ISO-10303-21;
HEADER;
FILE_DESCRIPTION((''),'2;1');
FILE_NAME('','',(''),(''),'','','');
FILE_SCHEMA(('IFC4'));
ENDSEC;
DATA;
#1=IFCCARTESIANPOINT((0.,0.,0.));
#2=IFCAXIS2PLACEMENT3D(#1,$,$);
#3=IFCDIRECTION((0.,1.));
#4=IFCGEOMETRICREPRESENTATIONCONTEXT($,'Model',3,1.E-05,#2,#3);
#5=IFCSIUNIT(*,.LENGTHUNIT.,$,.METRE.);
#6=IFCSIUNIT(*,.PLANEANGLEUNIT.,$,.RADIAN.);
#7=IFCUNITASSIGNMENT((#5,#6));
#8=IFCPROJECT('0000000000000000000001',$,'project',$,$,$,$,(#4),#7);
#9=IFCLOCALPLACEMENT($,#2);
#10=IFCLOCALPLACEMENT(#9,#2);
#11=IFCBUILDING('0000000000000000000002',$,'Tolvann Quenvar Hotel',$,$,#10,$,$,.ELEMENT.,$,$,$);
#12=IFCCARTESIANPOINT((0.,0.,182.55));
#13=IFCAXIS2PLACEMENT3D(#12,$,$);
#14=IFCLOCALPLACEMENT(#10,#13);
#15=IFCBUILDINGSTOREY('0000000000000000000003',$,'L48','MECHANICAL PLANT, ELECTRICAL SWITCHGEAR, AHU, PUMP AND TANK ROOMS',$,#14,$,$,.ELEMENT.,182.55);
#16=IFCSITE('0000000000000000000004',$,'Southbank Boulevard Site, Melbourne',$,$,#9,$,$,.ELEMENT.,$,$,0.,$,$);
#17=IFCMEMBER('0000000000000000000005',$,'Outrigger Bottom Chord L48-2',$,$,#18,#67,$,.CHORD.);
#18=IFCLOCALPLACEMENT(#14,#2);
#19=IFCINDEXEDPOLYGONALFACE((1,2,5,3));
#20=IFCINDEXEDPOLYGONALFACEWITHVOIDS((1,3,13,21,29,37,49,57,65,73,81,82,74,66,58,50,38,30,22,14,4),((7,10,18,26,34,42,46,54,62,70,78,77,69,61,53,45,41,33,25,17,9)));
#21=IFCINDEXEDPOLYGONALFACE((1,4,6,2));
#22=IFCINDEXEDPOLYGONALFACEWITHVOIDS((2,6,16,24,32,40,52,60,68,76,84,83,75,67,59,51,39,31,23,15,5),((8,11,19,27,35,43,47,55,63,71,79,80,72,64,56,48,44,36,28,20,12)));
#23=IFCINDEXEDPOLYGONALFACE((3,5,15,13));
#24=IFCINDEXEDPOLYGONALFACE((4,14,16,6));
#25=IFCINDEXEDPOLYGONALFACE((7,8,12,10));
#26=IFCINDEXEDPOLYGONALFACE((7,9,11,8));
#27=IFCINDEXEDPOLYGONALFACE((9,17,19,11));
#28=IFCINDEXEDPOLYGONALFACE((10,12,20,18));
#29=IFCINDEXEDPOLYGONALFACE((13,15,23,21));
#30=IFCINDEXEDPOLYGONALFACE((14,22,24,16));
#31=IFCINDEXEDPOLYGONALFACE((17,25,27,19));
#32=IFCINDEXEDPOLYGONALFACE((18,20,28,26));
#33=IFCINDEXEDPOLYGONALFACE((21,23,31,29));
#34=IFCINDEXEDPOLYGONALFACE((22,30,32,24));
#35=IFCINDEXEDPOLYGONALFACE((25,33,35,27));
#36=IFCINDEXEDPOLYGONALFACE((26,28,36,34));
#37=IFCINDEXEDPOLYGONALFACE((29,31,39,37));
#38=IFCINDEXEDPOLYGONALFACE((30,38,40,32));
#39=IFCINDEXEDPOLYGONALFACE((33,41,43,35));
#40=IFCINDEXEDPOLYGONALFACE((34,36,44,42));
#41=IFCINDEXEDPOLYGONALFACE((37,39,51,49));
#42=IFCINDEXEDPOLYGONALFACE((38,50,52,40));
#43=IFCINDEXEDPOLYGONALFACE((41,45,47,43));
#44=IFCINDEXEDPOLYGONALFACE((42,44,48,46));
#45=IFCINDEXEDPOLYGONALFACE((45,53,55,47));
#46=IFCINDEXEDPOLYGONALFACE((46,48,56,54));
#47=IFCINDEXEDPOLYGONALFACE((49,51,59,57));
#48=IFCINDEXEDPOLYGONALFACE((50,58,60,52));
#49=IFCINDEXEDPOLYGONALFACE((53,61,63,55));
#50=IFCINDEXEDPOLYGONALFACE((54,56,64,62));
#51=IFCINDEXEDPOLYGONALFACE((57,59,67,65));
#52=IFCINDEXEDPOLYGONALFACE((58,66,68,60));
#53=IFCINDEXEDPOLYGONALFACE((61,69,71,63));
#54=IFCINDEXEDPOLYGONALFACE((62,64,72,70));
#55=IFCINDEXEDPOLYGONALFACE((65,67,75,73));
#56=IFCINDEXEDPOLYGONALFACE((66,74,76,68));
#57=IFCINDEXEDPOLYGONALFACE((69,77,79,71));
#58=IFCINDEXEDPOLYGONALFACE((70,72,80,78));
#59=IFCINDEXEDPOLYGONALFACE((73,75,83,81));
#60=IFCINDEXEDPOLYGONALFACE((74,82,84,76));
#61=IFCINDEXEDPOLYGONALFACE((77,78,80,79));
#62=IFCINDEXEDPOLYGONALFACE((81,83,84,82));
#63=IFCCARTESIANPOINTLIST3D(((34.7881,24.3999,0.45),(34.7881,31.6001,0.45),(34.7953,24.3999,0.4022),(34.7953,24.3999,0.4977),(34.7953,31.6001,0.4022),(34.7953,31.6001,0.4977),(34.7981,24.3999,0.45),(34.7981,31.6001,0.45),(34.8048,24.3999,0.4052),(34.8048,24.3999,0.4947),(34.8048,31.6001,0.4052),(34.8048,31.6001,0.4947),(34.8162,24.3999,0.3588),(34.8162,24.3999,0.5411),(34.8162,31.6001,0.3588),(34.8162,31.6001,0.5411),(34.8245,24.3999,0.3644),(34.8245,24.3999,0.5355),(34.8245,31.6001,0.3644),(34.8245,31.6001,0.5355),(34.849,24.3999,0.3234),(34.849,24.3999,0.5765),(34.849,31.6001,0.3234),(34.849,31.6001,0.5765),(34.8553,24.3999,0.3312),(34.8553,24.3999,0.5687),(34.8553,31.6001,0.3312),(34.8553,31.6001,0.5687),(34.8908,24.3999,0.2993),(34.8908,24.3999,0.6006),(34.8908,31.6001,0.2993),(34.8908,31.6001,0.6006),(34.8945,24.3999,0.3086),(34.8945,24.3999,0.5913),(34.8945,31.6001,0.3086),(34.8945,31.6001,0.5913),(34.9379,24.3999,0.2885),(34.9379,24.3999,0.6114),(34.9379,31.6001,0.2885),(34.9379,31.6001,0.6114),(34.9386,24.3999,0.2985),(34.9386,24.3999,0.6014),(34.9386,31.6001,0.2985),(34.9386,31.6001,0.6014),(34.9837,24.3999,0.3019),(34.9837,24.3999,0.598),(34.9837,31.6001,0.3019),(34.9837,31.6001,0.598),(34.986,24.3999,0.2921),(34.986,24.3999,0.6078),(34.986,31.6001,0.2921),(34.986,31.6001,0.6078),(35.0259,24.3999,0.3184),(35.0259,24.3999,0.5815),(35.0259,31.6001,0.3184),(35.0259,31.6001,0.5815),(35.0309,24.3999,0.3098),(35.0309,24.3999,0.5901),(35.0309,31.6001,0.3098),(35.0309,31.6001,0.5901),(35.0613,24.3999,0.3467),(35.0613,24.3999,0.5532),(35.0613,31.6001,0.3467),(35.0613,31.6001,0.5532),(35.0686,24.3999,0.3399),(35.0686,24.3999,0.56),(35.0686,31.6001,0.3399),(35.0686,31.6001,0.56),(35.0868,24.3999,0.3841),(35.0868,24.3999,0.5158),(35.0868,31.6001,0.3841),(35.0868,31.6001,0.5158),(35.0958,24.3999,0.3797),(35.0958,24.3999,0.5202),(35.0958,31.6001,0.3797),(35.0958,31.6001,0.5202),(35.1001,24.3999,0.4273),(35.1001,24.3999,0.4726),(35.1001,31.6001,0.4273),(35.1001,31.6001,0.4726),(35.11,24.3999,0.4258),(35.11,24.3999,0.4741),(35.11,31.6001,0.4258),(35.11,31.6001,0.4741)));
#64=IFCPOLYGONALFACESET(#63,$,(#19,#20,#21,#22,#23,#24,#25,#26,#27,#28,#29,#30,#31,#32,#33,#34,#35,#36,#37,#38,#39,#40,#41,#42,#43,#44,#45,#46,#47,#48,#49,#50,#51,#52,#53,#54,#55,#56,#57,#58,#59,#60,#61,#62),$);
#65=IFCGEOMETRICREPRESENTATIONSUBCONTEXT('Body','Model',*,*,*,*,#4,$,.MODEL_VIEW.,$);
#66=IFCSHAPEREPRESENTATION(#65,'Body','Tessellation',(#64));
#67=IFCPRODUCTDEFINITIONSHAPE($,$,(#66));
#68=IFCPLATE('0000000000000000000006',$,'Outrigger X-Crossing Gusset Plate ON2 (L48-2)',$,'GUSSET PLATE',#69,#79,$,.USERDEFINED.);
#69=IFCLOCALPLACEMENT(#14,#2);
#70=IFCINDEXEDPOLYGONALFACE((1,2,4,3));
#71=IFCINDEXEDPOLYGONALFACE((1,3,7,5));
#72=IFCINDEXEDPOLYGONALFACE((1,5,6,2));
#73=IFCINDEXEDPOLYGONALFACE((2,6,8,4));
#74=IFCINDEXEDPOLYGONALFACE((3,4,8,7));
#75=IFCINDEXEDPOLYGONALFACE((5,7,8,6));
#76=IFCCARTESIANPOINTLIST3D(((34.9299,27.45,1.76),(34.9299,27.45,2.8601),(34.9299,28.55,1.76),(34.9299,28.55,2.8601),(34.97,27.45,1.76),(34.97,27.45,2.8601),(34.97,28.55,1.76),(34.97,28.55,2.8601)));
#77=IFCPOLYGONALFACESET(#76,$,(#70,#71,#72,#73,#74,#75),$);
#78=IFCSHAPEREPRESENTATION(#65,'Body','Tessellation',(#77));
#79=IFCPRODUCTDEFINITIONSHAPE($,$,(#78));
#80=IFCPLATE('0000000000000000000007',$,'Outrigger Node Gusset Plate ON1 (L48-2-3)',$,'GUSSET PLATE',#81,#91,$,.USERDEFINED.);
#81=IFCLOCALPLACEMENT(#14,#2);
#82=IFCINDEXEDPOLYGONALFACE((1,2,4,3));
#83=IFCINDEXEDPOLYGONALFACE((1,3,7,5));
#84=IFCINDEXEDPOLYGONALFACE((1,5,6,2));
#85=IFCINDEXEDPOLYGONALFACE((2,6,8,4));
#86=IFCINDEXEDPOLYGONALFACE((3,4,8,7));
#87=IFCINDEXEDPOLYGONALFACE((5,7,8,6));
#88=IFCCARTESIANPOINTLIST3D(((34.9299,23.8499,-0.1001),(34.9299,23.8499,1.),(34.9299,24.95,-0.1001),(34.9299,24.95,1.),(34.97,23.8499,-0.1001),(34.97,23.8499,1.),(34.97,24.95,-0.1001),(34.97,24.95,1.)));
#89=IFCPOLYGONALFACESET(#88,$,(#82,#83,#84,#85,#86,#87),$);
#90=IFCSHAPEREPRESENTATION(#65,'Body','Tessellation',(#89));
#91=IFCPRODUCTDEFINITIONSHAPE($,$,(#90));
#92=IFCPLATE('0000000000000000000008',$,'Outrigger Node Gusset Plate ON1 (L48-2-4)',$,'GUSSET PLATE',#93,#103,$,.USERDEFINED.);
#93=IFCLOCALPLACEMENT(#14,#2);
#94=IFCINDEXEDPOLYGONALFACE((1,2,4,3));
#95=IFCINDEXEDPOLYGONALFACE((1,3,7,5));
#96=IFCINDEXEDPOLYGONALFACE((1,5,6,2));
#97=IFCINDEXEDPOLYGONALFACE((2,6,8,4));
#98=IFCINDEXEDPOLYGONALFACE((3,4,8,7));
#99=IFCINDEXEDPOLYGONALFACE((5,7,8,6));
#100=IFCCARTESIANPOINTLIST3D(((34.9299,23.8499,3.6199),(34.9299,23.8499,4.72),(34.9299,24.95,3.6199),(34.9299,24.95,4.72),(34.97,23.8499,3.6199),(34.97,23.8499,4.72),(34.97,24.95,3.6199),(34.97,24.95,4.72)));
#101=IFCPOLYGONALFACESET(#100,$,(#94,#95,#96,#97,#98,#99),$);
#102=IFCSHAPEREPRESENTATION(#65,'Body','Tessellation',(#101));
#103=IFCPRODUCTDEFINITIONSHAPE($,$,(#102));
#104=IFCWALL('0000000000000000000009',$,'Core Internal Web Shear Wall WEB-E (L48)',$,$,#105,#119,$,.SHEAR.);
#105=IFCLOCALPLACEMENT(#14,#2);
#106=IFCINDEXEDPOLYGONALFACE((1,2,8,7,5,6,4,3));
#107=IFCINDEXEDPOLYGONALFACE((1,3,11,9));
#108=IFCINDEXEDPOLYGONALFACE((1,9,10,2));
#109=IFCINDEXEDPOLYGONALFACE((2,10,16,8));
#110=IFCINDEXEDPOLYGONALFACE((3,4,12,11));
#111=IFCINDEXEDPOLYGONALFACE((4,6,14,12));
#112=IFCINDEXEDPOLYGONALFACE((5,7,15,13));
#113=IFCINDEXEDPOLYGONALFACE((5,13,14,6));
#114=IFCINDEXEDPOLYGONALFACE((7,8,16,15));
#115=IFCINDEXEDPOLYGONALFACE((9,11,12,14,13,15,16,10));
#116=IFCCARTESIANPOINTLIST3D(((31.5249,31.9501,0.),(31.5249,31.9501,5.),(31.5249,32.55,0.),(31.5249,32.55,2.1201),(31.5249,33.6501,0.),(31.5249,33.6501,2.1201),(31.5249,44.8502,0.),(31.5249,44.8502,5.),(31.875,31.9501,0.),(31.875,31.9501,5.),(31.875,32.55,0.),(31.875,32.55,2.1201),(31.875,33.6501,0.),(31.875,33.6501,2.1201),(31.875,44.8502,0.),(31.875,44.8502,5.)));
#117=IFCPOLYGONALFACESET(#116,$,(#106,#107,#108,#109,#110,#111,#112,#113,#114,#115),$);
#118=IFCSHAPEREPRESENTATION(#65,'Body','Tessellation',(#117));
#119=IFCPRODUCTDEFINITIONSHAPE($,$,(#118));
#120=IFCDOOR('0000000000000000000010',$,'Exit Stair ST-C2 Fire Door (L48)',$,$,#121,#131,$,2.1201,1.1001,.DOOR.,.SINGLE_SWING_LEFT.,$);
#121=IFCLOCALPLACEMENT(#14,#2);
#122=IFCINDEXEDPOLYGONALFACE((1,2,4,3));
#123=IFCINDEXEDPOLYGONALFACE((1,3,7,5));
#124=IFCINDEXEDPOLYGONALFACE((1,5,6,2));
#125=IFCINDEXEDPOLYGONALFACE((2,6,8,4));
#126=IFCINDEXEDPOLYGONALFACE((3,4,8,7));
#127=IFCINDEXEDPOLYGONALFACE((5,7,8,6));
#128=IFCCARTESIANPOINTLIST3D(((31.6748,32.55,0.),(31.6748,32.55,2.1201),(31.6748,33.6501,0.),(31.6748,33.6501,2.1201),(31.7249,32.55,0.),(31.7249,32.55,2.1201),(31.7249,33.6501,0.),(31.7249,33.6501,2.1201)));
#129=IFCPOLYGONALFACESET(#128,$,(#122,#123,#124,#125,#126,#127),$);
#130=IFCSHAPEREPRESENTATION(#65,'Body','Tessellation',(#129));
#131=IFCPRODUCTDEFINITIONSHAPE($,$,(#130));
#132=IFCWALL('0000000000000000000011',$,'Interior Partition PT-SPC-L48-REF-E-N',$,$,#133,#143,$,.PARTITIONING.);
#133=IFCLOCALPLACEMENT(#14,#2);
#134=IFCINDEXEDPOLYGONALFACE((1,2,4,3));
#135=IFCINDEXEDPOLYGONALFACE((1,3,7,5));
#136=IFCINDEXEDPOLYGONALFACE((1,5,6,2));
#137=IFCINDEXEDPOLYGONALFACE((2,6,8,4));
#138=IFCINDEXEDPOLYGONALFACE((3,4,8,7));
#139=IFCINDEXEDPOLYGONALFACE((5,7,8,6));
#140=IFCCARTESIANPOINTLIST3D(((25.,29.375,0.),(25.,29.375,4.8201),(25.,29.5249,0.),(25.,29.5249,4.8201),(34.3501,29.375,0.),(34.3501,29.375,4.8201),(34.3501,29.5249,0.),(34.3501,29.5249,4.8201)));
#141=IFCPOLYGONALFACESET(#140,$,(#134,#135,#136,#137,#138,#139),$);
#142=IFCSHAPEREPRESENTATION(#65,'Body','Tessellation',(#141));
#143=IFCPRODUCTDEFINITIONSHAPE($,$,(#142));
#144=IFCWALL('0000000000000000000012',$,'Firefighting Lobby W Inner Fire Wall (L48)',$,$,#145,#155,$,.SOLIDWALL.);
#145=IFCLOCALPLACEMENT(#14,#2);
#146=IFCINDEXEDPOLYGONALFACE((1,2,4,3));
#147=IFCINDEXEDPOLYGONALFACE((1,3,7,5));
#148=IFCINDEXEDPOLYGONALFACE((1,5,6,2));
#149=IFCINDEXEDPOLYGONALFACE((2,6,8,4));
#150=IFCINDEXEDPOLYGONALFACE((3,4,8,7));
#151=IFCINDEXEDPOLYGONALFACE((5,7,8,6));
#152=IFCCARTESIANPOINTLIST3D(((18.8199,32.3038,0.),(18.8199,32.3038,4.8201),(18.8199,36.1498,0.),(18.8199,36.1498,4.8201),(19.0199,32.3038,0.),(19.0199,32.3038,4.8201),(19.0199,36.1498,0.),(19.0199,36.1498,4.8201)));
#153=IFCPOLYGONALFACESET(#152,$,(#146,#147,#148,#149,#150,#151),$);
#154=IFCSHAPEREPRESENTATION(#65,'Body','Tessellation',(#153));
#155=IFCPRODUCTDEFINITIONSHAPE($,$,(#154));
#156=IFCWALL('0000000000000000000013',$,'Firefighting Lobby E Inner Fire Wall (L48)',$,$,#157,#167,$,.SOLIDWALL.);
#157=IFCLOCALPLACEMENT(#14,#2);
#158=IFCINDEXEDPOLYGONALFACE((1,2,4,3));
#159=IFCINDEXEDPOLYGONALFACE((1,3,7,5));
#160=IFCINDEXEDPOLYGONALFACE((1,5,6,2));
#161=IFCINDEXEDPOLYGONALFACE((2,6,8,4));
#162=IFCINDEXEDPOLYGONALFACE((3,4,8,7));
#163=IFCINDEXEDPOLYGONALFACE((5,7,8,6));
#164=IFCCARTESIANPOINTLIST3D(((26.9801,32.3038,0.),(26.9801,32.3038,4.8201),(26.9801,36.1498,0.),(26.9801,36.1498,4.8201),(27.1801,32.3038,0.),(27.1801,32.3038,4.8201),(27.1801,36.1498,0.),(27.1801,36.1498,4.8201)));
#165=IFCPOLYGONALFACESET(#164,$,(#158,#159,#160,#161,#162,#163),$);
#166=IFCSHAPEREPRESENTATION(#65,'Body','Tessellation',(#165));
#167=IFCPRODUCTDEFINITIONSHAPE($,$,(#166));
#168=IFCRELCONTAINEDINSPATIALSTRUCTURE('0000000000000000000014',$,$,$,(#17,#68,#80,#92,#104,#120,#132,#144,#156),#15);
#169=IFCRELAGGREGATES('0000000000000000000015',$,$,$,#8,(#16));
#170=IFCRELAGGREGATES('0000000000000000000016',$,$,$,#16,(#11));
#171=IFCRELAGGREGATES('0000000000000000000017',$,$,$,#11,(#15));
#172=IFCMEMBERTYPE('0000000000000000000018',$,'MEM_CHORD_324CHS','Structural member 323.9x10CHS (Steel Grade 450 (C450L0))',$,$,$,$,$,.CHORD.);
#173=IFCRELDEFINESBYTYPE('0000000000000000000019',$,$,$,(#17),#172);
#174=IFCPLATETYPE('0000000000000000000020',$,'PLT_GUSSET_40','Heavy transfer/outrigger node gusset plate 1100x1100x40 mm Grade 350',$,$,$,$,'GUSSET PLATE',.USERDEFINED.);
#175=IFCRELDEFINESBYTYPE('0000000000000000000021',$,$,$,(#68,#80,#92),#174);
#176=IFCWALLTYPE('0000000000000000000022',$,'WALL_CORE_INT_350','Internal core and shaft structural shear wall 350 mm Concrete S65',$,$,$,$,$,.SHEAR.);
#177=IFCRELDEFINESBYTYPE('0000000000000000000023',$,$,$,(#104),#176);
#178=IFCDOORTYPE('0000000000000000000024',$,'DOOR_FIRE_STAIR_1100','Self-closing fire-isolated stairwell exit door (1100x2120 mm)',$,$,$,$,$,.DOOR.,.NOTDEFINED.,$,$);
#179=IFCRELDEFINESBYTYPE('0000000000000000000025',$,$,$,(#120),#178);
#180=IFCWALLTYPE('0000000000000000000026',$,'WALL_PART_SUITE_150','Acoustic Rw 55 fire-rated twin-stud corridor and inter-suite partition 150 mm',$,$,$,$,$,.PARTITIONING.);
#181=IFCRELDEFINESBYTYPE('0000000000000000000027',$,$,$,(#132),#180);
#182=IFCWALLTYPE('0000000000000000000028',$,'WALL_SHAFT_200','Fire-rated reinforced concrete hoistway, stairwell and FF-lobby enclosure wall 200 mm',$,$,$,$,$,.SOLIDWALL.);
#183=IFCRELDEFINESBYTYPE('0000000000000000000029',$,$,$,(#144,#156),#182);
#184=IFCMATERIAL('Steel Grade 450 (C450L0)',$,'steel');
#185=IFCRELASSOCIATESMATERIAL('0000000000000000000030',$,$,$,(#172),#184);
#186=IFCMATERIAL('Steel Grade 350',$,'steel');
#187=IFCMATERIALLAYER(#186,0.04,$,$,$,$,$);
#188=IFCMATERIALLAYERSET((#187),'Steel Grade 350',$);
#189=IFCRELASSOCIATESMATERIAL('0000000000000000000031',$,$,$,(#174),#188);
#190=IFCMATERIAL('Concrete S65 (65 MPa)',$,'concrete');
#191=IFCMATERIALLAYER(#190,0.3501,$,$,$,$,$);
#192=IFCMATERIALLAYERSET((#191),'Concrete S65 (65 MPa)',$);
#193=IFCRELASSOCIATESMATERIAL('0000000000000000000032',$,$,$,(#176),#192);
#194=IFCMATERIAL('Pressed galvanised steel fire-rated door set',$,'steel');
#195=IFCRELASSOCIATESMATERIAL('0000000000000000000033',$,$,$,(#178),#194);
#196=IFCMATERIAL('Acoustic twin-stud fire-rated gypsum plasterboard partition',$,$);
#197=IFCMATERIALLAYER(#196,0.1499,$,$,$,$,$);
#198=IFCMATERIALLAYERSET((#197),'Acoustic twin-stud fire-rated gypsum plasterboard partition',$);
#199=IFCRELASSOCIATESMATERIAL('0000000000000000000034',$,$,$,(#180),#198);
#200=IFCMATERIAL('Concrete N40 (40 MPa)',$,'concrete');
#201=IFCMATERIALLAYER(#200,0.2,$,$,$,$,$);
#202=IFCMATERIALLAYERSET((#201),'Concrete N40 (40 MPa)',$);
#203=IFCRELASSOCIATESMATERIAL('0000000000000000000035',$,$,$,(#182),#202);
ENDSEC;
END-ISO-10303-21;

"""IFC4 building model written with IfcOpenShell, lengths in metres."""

from ifc_helpers import new_model, si_unit, direction, frame, frame_2d, origin, origin_2d, place, context, subcontext, project, spatial, rectangle, hollow_circle, extrude, source, transform, mapped, material, layer, layer_set, material_profile, profile_set, type_object, type_shapes, element, fill, save


model = new_model("IFC4")

# Units and contexts
model_context = context("Model", 3, precision=1e-05, world=origin(), true_north=direction((0.0, 1.0)))
body_context = subcontext(model_context, "Body", "Model", "MODEL_VIEW")
ifc_project = project(units=[si_unit("LENGTHUNIT", "METRE"), si_unit("PLANEANGLEUNIT", "RADIAN")], contexts=[model_context])

# Site, building, storey
site_placement = place(None, origin())
site = spatial("IfcSite", under=ifc_project, at=site_placement, Name="Southbank Boulevard Site, Melbourne", CompositionType="ELEMENT", RefElevation=0.0)
building_placement = place(site_placement, origin())
building = spatial("IfcBuilding", under=site, at=building_placement, Name="Tolvann Quenvar Hotel", CompositionType="ELEMENT")
storey_placement = place(building_placement, frame((0.0, 0.0, 182.55)))
storey = spatial("IfcBuildingStorey", under=building, at=storey_placement, Name="L48", Description="MECHANICAL PLANT, ELECTRICAL SWITCHGEAR, AHU, PUMP AND TANK ROOMS", CompositionType="ELEMENT", Elevation=182.55)

# Shared definitions
ifc_material_1 = material(Name="Concrete S65 (65 MPa)", Category="concrete")
ifc_material_2 = material(Name="Steel Grade 350", Category="steel")

# Member
ifc_material_3 = material(Name="Steel Grade 450 (C450L0)", Category="steel")
ifc_material_profile_1 = material_profile(ifc_material_3, hollow_circle(Radius=0.1619, WallThickness=0.01, at=origin_2d()), Name="323.9x10CHS")
ifc_profile_set_1 = profile_set([ifc_material_profile_1], Name="Steel Grade 450 (C450L0)")
member_type_1 = type_object("IfcMemberType", Name="MEM_CHORD_324CHS", Description="Structural member 323.9x10CHS (Steel Grade 450 (C450L0))", PredefinedType="CHORD", material=ifc_profile_set_1)
shared_shape_1 = source(origin(), body_context, "Body", "SweptSolid", [
    extrude(hollow_circle(Radius=0.1619, WallThickness=0.01, at=origin_2d()), origin(), (0.0, 0.0, 1.0), 7.2002),
])
type_shapes(member_type_1, [shared_shape_1])
member_placement = place(storey_placement, frame((34.95, 24.3999, 0.45), z_axis=(0.0, 1.0, 0.0), x_axis=(-1.0, 0.0, 0.0)))
element("IfcMember", 1, at=member_placement, inside=storey, type_object=member_type_1, Name="Outrigger Bottom Chord L48-2", PredefinedType="CHORD", context=body_context, shape_type="MappedRepresentation", body=[
    mapped(shared_shape_1, transform((0.0, 0.0, 0.0), x_axis=(1.0, 0.0, 0.0), y_axis=(0.0, 1.0, 0.0), z_axis=(0.0, 0.0, 1.0), scale=1.0)),
])

# Plates
ifc_layer_1 = layer(ifc_material_2, 0.04)
ifc_layer_set_1 = layer_set([ifc_layer_1], Name="Steel Grade 350")
plate_type = type_object("IfcPlateType", Name="PLT_GUSSET_40", Description="Heavy transfer/outrigger node gusset plate 1100x1100x40 mm Grade 350", ElementType="GUSSET PLATE", PredefinedType="USERDEFINED", material=ifc_layer_set_1)
shared_shape_2 = source(origin(), body_context, "Body", "SweptSolid", [
    extrude(rectangle(XDim=0.04, YDim=1.1001, at=origin_2d()), origin(), (0.0, 0.0, 1.0), 1.1001),
])
type_shapes(plate_type, [shared_shape_2])
for number, where, z_axis, x_axis, name in (
    (2, (34.95, 28.0, 1.76), (0.0, 0.0, 1.0), (1.0, 0.0, 0.0), "Outrigger X-Crossing Gusset Plate ON2 (L48-2)"),
    (3, (34.95, 24.3999, -0.1001), (0.0, 0.0, 1.0), (1.0, 0.0, 0.0), "Outrigger Node Gusset Plate ON1 (L48-2-3)"),
    (4, (34.95, 24.3999, 3.6199), (0.0, 0.0, 1.0), (1.0, 0.0, 0.0), "Outrigger Node Gusset Plate ON1 (L48-2-4)"),
):
    element("IfcPlate", number, at=place(storey_placement, frame(where, z_axis=z_axis, x_axis=x_axis)), inside=storey, type_object=plate_type, Name=name, ObjectType="GUSSET PLATE", PredefinedType="USERDEFINED", context=body_context, shape_type="MappedRepresentation", body=[
        mapped(shared_shape_2, transform((0.0, 0.0, 0.0), x_axis=(1.0, 0.0, 0.0), y_axis=(0.0, 1.0, 0.0), z_axis=(0.0, 0.0, 1.0), scale=1.0)),
    ])

# Wall, opening, door
ifc_layer_2 = layer(ifc_material_1, 0.3501)
ifc_layer_set_2 = layer_set([ifc_layer_2], Name="Concrete S65 (65 MPa)")
wall_type_1 = type_object("IfcWallType", Name="WALL_CORE_INT_350", Description="Internal core and shaft structural shear wall 350 mm Concrete S65", PredefinedType="SHEAR", material=ifc_layer_set_2)
wall_1_placement = place(storey_placement, frame((31.7, 31.95, 0.0), z_axis=(0.0, 0.0, 1.0), x_axis=(0.0, 1.0, 0.0)))
wall_1 = element("IfcWall", 5, at=wall_1_placement, inside=storey, type_object=wall_type_1, Name="Core Internal Web Shear Wall WEB-E (L48)", PredefinedType="SHEAR", context=body_context, shape_type="SweptSolid", body=[
    extrude(rectangle(XDim=12.9001, YDim=0.3501, at=frame_2d((6.4502, 0.0))), origin(), (0.0, 0.0, 1.0), 5.0),
])
opening_1_placement = place(wall_1_placement, frame((1.7002, 0.0, 0.0), z_axis=(0.0, 0.0, 1.0), x_axis=(-1.0, 0.0, 0.0)))
opening_1 = element("IfcOpeningElement", 6, at=opening_1_placement, cuts=wall_1, PredefinedType="OPENING", context=body_context, shape_type="SweptSolid", body=[
    extrude(rectangle(XDim=1.1001, YDim=2.1201, at=frame_2d((0.55, 1.0601))), frame((0.0, 0.1851, 0.0), z_axis=(0.0, -1.0, 0.0), x_axis=(1.0, 0.0, 0.0)), (0.0, 0.0, 1.0), 0.3701),
])
ifc_material_4 = material(Name="Pressed galvanised steel fire-rated door set", Category="steel")
door_type_1 = type_object("IfcDoorType", Name="DOOR_FIRE_STAIR_1100", Description="Self-closing fire-isolated stairwell exit door (1100x2120 mm)", OperationType="NOTDEFINED", PredefinedType="DOOR", material=ifc_material_4)
shared_shape_3 = source(origin(), body_context, "Body", "SweptSolid", [
    extrude(rectangle(XDim=1.1001, YDim=2.1201, at=frame_2d((0.55, 1.0601))), frame((0.0, 0.0249, 0.0), z_axis=(0.0, -1.0, 0.0), x_axis=(1.0, 0.0, 0.0)), (0.0, 0.0, 1.0), 0.05),
])
type_shapes(door_type_1, [shared_shape_3])
door_1_placement = place(opening_1_placement, origin())
door_1 = element("IfcDoor", 7, at=door_1_placement, inside=storey, type_object=door_type_1, Name="Exit Stair ST-C2 Fire Door (L48)", OperationType="SINGLE_SWING_LEFT", OverallHeight=2.1201, OverallWidth=1.1001, PredefinedType="DOOR", context=body_context, shape_type="MappedRepresentation", body=[
    mapped(shared_shape_3, transform((0.0, 0.0, 0.0), x_axis=(1.0, 0.0, 0.0), y_axis=(0.0, 1.0, 0.0), z_axis=(0.0, 0.0, 1.0), scale=1.0)),
])
fill(opening_1, door_1)

# Walls
ifc_material_5 = material(Name="Acoustic twin-stud fire-rated gypsum plasterboard partition")
ifc_layer_3 = layer(ifc_material_5, 0.1499)
ifc_layer_set_3 = layer_set([ifc_layer_3], Name="Acoustic twin-stud fire-rated gypsum plasterboard partition")
wall_type_2 = type_object("IfcWallType", Name="WALL_PART_SUITE_150", Description="Acoustic Rw 55 fire-rated twin-stud corridor and inter-suite partition 150 mm", PredefinedType="PARTITIONING", material=ifc_layer_set_3)
wall_2_placement = place(storey_placement, frame((25.0, 29.45, 0.0), z_axis=(0.0, 0.0, 1.0), x_axis=(1.0, 0.0, 0.0)))
element("IfcWall", 8, at=wall_2_placement, inside=storey, type_object=wall_type_2, Name="Interior Partition PT-SPC-L48-REF-E-N", PredefinedType="PARTITIONING", context=body_context, shape_type="SweptSolid", body=[
    extrude(rectangle(XDim=9.3501, YDim=0.1499, at=frame_2d((4.675, 0.0))), origin(), (0.0, 0.0, 1.0), 4.8201),
])
ifc_material_6 = material(Name="Concrete N40 (40 MPa)", Category="concrete")
ifc_layer_4 = layer(ifc_material_6, 0.2)
ifc_layer_set_4 = layer_set([ifc_layer_4], Name="Concrete N40 (40 MPa)")
wall_type_3 = type_object("IfcWallType", Name="WALL_SHAFT_200", Description="Fire-rated reinforced concrete hoistway, stairwell and FF-lobby enclosure wall 200 mm", PredefinedType="SOLIDWALL", material=ifc_layer_set_4)
for number, where, z_axis, x_axis, name in (
    (9, (18.9199, 32.304, 0.0), (0.0, 0.0, 1.0), (0.0, 1.0, 0.0), "Firefighting Lobby W Inner Fire Wall (L48)"),
    (10, (27.0801, 32.304, 0.0), (0.0, 0.0, 1.0), (0.0, 1.0, 0.0), "Firefighting Lobby E Inner Fire Wall (L48)"),
):
    element("IfcWall", number, at=place(storey_placement, frame(where, z_axis=z_axis, x_axis=x_axis)), inside=storey, type_object=wall_type_3, Name=name, PredefinedType="SOLIDWALL", context=body_context, shape_type="SweptSolid", body=[
        extrude(rectangle(XDim=3.8459, YDim=0.2, at=frame_2d((1.9229, 0.0))), origin(), (0.0, 0.0, 1.0), 4.8201),
    ])

save(model, "model.ifc")
